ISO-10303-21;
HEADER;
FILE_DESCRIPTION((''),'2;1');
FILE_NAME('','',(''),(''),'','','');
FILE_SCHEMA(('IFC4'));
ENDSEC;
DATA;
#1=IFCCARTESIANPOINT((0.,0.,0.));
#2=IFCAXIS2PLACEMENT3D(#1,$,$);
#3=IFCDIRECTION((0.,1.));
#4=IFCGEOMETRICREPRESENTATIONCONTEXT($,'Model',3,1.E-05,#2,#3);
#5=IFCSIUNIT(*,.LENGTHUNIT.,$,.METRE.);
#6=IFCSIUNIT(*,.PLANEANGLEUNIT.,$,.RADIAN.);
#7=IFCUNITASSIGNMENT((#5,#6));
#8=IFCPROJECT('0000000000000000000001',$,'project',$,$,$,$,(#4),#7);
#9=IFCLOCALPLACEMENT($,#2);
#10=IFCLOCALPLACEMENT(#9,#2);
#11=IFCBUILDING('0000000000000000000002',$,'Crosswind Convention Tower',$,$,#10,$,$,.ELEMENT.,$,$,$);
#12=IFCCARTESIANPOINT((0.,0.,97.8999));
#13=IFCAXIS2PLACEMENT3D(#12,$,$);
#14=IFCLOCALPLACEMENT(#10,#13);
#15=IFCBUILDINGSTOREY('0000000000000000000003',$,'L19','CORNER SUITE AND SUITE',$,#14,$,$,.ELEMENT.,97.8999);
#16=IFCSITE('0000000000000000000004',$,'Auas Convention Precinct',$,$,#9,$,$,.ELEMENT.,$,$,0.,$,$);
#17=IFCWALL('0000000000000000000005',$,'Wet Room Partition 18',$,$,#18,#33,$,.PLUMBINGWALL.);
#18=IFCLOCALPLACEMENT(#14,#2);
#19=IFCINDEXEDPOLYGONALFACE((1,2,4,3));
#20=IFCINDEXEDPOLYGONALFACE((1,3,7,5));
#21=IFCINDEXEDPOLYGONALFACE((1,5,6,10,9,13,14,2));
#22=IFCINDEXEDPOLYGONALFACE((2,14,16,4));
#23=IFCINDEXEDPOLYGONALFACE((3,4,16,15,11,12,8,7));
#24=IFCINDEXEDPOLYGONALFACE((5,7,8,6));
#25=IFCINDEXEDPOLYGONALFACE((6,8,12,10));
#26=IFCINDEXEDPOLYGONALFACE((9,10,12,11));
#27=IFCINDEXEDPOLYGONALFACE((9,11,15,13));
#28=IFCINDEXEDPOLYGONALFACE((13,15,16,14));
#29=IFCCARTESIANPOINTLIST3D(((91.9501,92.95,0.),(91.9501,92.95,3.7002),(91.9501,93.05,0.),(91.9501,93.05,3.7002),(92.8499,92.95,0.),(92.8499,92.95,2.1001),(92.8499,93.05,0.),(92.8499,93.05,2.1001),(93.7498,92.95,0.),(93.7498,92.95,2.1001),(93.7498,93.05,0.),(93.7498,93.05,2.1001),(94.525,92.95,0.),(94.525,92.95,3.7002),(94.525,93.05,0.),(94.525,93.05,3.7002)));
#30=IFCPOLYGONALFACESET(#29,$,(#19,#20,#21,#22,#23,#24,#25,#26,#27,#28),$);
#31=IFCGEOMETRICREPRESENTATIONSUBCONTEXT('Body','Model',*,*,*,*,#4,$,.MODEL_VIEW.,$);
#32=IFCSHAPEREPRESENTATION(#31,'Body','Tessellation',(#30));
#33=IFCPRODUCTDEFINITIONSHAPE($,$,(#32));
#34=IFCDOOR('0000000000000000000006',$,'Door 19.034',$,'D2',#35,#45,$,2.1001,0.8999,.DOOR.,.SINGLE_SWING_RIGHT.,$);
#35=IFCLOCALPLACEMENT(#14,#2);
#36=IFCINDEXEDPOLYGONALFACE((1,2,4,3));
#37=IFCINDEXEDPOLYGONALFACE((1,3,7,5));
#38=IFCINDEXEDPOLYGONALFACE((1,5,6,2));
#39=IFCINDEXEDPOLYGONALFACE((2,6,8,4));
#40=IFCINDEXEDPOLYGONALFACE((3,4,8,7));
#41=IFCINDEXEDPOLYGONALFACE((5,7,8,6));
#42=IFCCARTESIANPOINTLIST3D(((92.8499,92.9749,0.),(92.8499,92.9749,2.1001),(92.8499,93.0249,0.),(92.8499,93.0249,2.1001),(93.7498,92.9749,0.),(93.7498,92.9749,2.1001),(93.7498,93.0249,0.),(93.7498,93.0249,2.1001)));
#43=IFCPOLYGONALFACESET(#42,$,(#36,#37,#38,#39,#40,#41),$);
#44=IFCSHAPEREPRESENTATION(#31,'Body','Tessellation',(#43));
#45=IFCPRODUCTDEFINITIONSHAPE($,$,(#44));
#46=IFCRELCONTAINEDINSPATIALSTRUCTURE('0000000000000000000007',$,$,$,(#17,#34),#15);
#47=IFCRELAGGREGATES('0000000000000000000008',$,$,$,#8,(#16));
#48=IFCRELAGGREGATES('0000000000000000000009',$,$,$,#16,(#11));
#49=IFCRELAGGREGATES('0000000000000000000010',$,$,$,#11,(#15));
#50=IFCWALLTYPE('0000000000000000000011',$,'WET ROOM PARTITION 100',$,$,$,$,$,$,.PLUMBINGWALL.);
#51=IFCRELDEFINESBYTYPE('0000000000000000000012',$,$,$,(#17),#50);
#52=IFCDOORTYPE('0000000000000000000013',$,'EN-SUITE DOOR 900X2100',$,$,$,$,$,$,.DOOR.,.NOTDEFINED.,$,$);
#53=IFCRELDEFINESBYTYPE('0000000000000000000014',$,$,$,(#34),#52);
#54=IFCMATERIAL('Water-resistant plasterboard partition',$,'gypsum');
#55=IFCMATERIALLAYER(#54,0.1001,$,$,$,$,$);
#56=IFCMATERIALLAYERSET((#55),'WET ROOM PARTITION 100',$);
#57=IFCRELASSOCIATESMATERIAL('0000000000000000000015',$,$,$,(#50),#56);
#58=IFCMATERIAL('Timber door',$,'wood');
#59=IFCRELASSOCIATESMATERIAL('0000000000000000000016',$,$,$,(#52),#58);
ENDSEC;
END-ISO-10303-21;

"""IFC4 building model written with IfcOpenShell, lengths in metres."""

from ifc_helpers import new_model, si_unit, direction, frame, frame_2d, origin, place, context, subcontext, project, spatial, rectangle, extrude, material, layer, layer_set, type_object, element, fill, save


model = new_model("IFC4")

# Units and contexts
model_context = context("Model", 3, precision=1e-05, world=origin(), true_north=direction((0.0, 1.0)))
body_context = subcontext(model_context, "Body", "Model", "MODEL_VIEW")
ifc_project = project(units=[si_unit("LENGTHUNIT", "METRE"), si_unit("PLANEANGLEUNIT", "RADIAN")], contexts=[model_context])

# Site, building, storey
site_placement = place(None, origin())
site = spatial("IfcSite", under=ifc_project, at=site_placement, Name="Auas Convention Precinct", CompositionType="ELEMENT", RefElevation=0.0)
building_placement = place(site_placement, origin())
building = spatial("IfcBuilding", under=site, at=building_placement, Name="Crosswind Convention Tower", CompositionType="ELEMENT")
storey_placement = place(building_placement, frame((0.0, 0.0, 97.8999)))
storey = spatial("IfcBuildingStorey", under=building, at=storey_placement, Name="L19", Description="CORNER SUITE AND SUITE", CompositionType="ELEMENT", Elevation=97.8999)

# Wall, opening, door
ifc_material_1 = material(Name="Water-resistant plasterboard partition", Category="gypsum")
ifc_layer_1 = layer(ifc_material_1, 0.1001)
ifc_layer_set_1 = layer_set([ifc_layer_1], Name="WET ROOM PARTITION 100")
wall_type_1 = type_object("IfcWallType", Name="WET ROOM PARTITION 100", PredefinedType="PLUMBINGWALL", material=ifc_layer_set_1)
wall_1_placement = place(storey_placement, frame((91.95, 93.0, 0.0), z_axis=(0.0, 0.0, 1.0), x_axis=(1.0, 0.0, 0.0)))
wall_1 = element("IfcWall", 1, at=wall_1_placement, inside=storey, type_object=wall_type_1, Name="Wet Room Partition 18", PredefinedType="PLUMBINGWALL", context=body_context, shape_type="SweptSolid", body=[
    extrude(rectangle(XDim=2.575, YDim=0.1001, at=frame_2d((1.2876, 0.0))), origin(), (0.0, 0.0, 1.0), 3.7002),
])
opening_placement = place(wall_1_placement, frame((0.8999, 0.0, 0.0)))
opening = element("IfcOpeningElement", 2, at=opening_placement, cuts=wall_1, PredefinedType="OPENING", context=body_context, shape_type="SweptSolid", body=[
    extrude(rectangle(XDim=0.8999, YDim=2.1001, at=frame_2d((0.45, 1.05))), frame((0.0, 0.0601, 0.0), z_axis=(0.0, -1.0, 0.0), x_axis=(1.0, 0.0, 0.0)), (0.0, 0.0, 1.0), 0.1201),
])
ifc_material_2 = material(Name="Timber door", Category="wood")
door_type = type_object("IfcDoorType", Name="EN-SUITE DOOR 900X2100", OperationType="NOTDEFINED", PredefinedType="DOOR", material=ifc_material_2)
door_placement = place(opening_placement, origin())
door = element("IfcDoor", 3, at=door_placement, inside=storey, type_object=door_type, Name="Door 19.034", ObjectType="D2", OperationType="SINGLE_SWING_RIGHT", OverallHeight=2.1001, OverallWidth=0.8999, PredefinedType="DOOR", context=body_context, shape_type="SweptSolid", body=[
    extrude(rectangle(XDim=0.8999, YDim=2.1001, at=frame_2d((0.45, 1.05))), frame((0.0, 0.0249, 0.0), z_axis=(0.0, -1.0, 0.0), x_axis=(1.0, 0.0, 0.0)), (0.0, 0.0, 1.0), 0.05),
])
fill(opening, door)

save(model, "model.ifc")
